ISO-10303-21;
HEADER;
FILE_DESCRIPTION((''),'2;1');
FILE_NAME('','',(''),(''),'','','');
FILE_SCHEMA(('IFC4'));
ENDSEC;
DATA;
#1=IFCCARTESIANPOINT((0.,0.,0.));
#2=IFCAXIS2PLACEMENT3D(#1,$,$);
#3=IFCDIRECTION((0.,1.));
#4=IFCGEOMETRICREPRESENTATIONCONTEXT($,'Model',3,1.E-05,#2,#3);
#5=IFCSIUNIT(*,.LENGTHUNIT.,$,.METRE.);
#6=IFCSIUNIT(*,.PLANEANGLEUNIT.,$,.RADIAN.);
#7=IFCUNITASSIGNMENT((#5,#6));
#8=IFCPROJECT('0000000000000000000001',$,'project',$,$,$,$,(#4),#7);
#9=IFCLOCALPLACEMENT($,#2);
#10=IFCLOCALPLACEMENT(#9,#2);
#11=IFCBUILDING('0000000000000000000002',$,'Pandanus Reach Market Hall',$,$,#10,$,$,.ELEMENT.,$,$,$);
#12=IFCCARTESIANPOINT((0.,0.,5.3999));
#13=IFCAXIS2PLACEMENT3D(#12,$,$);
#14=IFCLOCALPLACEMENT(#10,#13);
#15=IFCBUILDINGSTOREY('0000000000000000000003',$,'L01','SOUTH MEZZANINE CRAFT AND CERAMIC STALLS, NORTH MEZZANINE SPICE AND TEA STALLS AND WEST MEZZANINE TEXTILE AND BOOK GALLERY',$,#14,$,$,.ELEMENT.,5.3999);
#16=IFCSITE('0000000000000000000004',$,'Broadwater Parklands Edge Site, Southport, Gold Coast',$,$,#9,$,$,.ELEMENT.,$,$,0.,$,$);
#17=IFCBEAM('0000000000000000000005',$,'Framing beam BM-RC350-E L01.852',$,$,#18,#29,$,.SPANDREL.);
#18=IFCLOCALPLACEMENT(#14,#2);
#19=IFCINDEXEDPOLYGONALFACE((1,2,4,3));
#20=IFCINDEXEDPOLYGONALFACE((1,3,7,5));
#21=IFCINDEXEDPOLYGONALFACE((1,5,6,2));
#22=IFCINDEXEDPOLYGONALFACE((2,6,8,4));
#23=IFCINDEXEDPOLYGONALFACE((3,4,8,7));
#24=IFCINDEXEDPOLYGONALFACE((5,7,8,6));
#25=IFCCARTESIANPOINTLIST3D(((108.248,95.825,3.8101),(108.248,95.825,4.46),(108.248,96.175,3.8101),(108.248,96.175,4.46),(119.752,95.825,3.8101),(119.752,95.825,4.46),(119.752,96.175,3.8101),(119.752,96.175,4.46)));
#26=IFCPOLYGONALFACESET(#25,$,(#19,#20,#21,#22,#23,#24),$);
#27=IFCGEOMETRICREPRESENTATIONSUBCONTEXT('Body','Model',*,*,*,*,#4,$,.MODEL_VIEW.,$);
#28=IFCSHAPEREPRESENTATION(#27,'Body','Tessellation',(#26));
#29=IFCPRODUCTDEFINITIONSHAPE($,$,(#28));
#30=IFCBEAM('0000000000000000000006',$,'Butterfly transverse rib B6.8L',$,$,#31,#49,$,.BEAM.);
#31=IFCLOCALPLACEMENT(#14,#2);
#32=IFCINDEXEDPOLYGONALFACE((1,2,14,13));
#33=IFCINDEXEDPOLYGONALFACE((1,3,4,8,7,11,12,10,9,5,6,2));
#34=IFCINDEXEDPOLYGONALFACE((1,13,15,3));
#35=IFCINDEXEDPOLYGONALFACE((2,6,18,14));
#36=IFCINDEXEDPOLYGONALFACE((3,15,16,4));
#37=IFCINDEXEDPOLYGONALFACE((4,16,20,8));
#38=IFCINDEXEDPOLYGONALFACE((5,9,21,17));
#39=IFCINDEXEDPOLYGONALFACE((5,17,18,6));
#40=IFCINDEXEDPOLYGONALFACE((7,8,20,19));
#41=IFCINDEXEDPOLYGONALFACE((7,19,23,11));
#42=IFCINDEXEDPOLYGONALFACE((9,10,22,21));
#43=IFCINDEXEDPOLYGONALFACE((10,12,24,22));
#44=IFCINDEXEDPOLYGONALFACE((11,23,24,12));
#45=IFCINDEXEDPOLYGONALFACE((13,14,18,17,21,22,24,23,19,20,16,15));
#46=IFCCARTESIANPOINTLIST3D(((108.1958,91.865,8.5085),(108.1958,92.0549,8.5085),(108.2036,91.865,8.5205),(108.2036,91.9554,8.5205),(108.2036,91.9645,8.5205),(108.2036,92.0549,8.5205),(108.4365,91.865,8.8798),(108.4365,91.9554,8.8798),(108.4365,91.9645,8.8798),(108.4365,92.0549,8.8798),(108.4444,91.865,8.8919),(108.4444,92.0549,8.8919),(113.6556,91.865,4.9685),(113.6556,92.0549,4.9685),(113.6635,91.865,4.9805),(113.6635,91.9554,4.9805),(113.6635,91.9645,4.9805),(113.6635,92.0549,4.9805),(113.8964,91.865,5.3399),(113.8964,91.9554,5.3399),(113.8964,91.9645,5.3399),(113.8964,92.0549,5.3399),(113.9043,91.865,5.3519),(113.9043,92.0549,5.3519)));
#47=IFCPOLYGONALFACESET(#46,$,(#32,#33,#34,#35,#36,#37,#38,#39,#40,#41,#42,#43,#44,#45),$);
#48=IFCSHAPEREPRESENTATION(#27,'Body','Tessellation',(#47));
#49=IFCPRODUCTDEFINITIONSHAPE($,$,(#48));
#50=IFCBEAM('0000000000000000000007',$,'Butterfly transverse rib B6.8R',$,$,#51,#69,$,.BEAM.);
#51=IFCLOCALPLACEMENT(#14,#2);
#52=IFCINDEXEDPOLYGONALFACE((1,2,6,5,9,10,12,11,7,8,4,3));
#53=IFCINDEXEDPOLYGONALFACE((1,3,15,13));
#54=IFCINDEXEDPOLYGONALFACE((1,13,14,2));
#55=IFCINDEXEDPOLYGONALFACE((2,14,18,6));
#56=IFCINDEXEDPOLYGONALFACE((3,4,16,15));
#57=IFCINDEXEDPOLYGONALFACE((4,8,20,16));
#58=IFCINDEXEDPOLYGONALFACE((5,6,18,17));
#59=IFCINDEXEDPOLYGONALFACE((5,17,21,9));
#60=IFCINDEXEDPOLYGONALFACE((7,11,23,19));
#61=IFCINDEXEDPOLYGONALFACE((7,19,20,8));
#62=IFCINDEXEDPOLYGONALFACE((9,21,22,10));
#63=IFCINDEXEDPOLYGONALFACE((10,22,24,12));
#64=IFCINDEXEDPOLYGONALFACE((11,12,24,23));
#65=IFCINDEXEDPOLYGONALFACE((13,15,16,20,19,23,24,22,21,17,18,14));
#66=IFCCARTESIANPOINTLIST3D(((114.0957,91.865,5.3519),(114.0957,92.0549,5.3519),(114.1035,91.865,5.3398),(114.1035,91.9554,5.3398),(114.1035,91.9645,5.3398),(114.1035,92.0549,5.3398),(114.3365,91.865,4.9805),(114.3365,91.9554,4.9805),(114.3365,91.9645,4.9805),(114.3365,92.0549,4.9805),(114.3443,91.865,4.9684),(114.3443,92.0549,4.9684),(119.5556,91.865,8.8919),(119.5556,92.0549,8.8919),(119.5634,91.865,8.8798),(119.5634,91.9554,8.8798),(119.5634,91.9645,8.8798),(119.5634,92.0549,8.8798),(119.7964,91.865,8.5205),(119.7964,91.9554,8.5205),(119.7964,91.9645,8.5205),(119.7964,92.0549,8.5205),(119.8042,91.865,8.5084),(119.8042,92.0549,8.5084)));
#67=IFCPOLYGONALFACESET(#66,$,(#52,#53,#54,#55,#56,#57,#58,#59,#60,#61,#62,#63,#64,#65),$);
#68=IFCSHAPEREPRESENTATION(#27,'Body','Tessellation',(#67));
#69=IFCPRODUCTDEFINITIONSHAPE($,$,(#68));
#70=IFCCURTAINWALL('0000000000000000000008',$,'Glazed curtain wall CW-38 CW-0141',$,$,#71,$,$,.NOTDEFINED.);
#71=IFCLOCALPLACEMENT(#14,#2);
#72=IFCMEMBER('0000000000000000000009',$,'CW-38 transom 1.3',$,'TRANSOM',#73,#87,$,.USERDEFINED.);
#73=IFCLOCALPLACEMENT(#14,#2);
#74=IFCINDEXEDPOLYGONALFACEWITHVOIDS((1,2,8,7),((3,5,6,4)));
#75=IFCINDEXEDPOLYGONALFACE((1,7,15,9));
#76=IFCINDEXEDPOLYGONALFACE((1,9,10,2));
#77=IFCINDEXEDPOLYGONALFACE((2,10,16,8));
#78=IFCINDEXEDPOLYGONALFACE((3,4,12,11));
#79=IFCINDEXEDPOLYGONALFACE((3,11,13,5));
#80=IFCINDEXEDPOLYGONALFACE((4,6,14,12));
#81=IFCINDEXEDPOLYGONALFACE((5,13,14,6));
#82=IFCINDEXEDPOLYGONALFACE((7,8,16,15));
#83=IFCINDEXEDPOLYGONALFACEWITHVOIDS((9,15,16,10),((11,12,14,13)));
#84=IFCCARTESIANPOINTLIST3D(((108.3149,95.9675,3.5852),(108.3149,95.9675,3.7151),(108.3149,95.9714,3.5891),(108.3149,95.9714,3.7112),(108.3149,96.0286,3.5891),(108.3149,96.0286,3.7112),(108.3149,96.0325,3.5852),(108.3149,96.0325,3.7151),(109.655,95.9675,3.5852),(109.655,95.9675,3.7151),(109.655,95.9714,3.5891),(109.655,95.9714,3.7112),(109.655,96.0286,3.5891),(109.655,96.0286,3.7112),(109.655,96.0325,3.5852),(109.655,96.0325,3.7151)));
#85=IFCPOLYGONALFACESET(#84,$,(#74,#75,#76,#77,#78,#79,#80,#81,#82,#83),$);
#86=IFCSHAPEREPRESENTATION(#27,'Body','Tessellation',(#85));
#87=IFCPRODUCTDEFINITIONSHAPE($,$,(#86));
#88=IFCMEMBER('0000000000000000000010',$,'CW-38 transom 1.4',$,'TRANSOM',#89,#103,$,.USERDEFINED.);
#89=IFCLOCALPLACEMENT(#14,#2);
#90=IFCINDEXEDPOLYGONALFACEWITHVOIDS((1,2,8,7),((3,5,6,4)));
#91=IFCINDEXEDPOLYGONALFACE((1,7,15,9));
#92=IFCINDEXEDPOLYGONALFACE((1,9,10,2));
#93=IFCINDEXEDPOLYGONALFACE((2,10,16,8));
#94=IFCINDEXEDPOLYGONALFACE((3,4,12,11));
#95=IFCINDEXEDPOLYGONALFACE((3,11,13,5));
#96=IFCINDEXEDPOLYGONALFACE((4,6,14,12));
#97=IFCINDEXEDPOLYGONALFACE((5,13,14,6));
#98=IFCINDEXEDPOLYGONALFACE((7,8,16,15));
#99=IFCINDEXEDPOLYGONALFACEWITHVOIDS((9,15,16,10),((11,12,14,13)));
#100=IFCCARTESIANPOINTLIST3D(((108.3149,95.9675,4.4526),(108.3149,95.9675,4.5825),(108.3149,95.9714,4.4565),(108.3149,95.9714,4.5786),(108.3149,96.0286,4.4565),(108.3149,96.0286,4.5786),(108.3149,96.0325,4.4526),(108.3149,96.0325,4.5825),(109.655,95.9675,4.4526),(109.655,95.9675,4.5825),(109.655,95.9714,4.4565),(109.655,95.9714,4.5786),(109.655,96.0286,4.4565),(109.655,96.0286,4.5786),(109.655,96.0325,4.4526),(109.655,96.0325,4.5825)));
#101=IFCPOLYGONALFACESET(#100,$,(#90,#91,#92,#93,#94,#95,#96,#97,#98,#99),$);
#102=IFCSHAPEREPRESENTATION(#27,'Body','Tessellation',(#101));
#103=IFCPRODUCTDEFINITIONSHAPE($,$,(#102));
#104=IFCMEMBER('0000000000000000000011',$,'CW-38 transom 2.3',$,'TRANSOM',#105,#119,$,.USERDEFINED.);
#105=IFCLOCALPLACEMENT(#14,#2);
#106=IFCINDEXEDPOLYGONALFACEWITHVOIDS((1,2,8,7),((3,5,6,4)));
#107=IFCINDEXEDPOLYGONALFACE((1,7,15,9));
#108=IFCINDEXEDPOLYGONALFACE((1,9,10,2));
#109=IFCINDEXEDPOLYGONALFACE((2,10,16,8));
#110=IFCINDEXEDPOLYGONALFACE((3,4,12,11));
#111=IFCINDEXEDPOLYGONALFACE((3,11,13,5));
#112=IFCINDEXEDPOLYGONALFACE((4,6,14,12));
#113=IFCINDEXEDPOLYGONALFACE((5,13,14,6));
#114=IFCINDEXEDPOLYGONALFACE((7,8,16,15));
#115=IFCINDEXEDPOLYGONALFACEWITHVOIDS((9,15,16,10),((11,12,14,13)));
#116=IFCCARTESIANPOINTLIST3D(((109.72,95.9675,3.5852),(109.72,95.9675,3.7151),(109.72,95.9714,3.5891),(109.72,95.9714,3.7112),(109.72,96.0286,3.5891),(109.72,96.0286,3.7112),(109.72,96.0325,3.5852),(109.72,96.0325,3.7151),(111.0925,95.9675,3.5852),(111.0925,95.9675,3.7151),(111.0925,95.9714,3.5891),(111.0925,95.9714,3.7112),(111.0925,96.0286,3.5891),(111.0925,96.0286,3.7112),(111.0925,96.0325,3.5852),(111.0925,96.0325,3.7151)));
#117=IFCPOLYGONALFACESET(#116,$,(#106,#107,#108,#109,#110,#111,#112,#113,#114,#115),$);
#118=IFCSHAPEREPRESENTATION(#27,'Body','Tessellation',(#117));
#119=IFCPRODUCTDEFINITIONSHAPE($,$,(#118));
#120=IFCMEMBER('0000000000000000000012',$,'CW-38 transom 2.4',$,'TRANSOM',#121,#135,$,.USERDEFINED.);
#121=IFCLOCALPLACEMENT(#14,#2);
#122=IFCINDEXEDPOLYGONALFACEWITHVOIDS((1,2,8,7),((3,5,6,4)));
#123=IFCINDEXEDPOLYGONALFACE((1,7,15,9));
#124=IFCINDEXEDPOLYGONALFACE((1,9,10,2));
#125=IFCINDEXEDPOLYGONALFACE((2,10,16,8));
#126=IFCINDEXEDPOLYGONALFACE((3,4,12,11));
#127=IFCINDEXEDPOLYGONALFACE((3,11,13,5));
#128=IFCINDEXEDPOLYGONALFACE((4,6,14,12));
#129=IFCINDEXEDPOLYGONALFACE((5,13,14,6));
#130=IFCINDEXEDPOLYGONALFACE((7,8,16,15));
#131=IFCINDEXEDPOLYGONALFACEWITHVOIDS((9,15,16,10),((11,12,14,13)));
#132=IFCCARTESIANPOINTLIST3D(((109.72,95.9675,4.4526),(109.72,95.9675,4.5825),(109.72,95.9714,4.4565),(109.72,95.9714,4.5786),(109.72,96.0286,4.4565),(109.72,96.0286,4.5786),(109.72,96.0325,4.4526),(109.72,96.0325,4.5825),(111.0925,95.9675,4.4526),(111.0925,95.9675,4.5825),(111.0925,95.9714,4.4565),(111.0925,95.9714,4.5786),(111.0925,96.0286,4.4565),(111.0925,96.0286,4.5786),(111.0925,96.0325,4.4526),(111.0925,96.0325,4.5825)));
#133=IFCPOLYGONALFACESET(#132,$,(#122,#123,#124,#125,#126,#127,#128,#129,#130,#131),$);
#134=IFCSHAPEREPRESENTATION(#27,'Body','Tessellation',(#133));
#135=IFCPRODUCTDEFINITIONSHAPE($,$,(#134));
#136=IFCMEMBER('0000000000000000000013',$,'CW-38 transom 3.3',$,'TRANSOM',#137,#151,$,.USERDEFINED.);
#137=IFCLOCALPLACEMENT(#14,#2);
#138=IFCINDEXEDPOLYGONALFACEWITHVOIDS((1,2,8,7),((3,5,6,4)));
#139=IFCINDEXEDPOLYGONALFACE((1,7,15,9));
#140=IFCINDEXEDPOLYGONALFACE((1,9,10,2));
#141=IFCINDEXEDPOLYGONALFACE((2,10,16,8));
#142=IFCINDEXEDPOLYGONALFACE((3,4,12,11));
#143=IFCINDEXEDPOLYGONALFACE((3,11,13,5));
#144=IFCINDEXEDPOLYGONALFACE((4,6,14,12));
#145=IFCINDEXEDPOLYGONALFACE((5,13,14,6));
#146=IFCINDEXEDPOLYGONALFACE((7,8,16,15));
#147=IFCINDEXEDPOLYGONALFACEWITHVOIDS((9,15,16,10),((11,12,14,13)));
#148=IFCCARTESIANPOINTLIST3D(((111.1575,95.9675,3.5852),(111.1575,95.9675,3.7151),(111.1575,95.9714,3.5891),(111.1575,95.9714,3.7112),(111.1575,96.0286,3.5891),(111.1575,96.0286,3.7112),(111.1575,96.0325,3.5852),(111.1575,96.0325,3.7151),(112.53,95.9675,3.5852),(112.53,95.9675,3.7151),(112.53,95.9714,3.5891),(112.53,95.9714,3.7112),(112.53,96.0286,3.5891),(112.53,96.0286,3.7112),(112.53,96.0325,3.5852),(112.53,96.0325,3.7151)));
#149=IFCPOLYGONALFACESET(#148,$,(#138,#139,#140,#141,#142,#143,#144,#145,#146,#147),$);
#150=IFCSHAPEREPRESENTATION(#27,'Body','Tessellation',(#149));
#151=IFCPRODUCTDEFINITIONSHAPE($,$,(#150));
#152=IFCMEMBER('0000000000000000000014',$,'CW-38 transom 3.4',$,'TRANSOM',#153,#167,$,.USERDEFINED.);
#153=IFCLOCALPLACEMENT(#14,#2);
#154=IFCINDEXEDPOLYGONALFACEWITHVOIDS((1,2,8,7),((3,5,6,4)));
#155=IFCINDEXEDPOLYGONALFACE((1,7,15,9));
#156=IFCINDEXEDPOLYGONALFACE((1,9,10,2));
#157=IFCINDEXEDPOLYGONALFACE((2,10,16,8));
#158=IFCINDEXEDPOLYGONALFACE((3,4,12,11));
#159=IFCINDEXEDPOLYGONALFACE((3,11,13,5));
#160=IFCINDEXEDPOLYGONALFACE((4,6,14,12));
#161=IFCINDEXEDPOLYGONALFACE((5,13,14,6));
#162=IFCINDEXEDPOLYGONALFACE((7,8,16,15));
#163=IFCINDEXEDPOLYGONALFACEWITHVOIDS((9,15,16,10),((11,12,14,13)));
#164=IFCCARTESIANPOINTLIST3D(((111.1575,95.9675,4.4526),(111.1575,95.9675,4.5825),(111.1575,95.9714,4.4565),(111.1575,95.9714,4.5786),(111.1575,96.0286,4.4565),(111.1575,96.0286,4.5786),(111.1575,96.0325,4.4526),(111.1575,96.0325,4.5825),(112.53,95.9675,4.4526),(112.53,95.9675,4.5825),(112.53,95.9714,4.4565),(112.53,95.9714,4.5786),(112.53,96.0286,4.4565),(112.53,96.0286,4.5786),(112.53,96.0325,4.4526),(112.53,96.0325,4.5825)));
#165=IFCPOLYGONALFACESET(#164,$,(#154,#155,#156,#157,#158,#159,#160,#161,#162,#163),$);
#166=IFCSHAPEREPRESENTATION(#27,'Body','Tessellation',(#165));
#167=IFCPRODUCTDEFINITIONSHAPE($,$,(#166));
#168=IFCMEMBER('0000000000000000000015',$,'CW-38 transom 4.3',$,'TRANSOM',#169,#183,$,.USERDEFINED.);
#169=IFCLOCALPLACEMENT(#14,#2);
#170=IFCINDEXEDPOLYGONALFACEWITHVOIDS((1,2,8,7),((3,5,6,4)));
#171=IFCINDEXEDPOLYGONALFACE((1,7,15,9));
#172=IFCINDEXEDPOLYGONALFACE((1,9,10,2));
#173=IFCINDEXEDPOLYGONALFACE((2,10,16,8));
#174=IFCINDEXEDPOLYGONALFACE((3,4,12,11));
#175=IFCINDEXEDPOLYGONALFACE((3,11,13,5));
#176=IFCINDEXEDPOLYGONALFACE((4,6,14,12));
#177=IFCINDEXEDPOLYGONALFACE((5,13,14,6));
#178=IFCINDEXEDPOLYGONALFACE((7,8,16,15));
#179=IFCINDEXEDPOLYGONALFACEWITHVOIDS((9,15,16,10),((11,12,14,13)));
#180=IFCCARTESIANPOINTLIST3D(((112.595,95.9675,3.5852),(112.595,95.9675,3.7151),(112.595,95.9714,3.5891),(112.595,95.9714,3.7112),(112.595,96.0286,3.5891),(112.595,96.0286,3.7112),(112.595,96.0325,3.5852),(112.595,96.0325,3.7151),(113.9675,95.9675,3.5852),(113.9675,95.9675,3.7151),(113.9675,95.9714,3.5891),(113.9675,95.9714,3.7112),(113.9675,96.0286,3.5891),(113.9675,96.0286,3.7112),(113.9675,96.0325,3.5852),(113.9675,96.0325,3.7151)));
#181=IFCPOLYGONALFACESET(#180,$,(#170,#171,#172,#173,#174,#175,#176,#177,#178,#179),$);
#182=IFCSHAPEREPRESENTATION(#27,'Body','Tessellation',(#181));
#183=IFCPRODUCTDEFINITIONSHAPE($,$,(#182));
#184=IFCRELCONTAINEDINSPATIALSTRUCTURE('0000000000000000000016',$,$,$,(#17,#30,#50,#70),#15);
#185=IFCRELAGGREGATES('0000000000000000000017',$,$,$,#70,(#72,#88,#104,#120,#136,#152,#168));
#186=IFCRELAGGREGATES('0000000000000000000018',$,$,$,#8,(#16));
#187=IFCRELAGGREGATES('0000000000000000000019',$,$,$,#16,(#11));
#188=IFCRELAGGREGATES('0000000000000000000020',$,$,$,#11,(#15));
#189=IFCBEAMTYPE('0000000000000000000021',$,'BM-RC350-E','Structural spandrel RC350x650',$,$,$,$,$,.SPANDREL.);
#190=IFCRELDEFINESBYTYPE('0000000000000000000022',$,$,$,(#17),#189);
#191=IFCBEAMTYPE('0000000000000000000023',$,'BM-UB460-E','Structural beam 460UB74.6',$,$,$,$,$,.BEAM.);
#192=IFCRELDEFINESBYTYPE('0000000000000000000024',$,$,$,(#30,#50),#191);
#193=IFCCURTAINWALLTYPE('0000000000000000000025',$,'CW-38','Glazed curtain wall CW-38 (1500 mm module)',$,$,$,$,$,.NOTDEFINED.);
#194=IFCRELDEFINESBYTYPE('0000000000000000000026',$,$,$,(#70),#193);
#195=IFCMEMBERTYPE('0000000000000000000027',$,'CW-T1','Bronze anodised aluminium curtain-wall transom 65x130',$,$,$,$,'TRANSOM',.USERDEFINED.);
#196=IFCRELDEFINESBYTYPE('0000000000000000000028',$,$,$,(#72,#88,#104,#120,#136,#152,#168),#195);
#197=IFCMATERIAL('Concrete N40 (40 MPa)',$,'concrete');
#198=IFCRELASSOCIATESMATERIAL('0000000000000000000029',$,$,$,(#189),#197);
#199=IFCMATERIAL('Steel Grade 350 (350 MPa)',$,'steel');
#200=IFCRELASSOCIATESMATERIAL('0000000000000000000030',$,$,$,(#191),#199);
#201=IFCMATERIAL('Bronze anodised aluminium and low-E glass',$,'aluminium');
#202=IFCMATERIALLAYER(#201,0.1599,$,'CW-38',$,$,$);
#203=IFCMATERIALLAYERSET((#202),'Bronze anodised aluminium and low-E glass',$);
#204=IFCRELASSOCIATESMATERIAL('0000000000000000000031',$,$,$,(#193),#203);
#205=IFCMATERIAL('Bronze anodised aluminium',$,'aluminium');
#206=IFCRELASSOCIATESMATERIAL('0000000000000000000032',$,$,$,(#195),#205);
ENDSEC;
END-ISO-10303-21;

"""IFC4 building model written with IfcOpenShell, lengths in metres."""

from ifc_helpers import new_model, si_unit, direction, frame, origin, origin_2d, place, context, subcontext, project, spatial, rectangle, hollow_rectangle, i_section, extrude, material, layer, layer_set, material_profile, profile_set, type_object, element, aggregate, save


model = new_model("IFC4")

# Units and contexts
model_context = context("Model", 3, precision=1e-05, world=origin(), true_north=direction((0.0, 1.0)))
body_context = subcontext(model_context, "Body", "Model", "MODEL_VIEW")
ifc_project = project(units=[si_unit("LENGTHUNIT", "METRE"), si_unit("PLANEANGLEUNIT", "RADIAN")], contexts=[model_context])

# Site, building, storey
site_placement = place(None, origin())
site = spatial("IfcSite", under=ifc_project, at=site_placement, Name="Broadwater Parklands Edge Site, Southport, Gold Coast", CompositionType="ELEMENT", RefElevation=0.0)
building_placement = place(site_placement, origin())
building = spatial("IfcBuilding", under=site, at=building_placement, Name="Pandanus Reach Market Hall", CompositionType="ELEMENT")
storey_placement = place(building_placement, frame((0.0, 0.0, 5.3999)))
storey = spatial("IfcBuildingStorey", under=building, at=storey_placement, Name="L01", Description="SOUTH MEZZANINE CRAFT AND CERAMIC STALLS, NORTH MEZZANINE SPICE AND TEA STALLS AND WEST MEZZANINE TEXTILE AND BOOK GALLERY", CompositionType="ELEMENT", Elevation=5.3999)

# Beams
ifc_material_1 = material(Name="Concrete N40 (40 MPa)", Category="concrete")
ifc_material_profile_1 = material_profile(ifc_material_1, rectangle(XDim=0.3501, YDim=0.6499, at=origin_2d()), Name="RC350x650", Category="LoadBearing")
ifc_profile_set_1 = profile_set([ifc_material_profile_1], Name="Concrete N40 (40 MPa)")
beam_type_1 = type_object("IfcBeamType", Name="BM-RC350-E", Description="Structural spandrel RC350x650", PredefinedType="SPANDREL", material=ifc_profile_set_1)
beam_placement = place(storey_placement, frame((108.248, 96.0, 4.135), z_axis=(1.0, 0.0, 0.0), x_axis=(0.0, 1.0, 0.0)))
element("IfcBeam", 1, at=beam_placement, inside=storey, type_object=beam_type_1, Name="Framing beam BM-RC350-E L01.852", PredefinedType="SPANDREL", context=body_context, shape_type="SweptSolid", body=[
    extrude(rectangle(XDim=0.3501, YDim=0.6499, at=origin_2d()), origin(), (0.0, 0.0, 1.0), 11.5039),
])
ifc_material_2 = material(Name="Steel Grade 350 (350 MPa)", Category="steel")
ifc_material_profile_2 = material_profile(ifc_material_2, i_section(OverallWidth=0.1899, OverallDepth=0.457, WebThickness=0.009, FlangeThickness=0.0144, at=origin_2d()), Name="460UB74.6", Category="LoadBearing")
ifc_profile_set_2 = profile_set([ifc_material_profile_2], Name="Steel Grade 350 (350 MPa)")
beam_type_2 = type_object("IfcBeamType", Name="BM-UB460-E", Description="Structural beam 460UB74.6", PredefinedType="BEAM", material=ifc_profile_set_2)
for number, where, z_axis, x_axis, name in (
    (2, (108.3201, 91.96, 8.7002), (0.839071, 0.0, -0.544023), (0.0, 1.0, 0.0), "Butterfly transverse rib B6.8L"),
    (3, (114.22, 91.96, 5.1602), (0.839071, 0.0, 0.544023), (0.0, 1.0, 0.0), "Butterfly transverse rib B6.8R"),
):
    element("IfcBeam", number, at=place(storey_placement, frame(where, z_axis=z_axis, x_axis=x_axis)), inside=storey, type_object=beam_type_2, Name=name, PredefinedType="BEAM", context=body_context, shape_type="SweptSolid", body=[
        extrude(i_section(OverallWidth=0.1899, OverallDepth=0.457, WebThickness=0.009, FlangeThickness=0.0144, at=origin_2d()), origin(), (0.0, 0.0, 1.0), 6.5071),
    ])

# Curtain wall, members
ifc_material_3 = material(Name="Bronze anodised aluminium and low-E glass", Category="aluminium")
ifc_layer_1 = layer(ifc_material_3, 0.1599, Name="CW-38")
ifc_layer_set_1 = layer_set([ifc_layer_1], Name="Bronze anodised aluminium and low-E glass")
curtain_wall_type = type_object("IfcCurtainWallType", Name="CW-38", Description="Glazed curtain wall CW-38 (1500 mm module)", PredefinedType="NOTDEFINED", material=ifc_layer_set_1)
curtain_wall_placement = place(storey_placement, origin())
curtain_wall = element("IfcCurtainWall", 4, at=curtain_wall_placement, inside=storey, type_object=curtain_wall_type, Name="Glazed curtain wall CW-38 CW-0141", PredefinedType="NOTDEFINED")
ifc_material_4 = material(Name="Bronze anodised aluminium", Category="aluminium")
ifc_material_profile_3 = material_profile(ifc_material_4, hollow_rectangle(XDim=0.0649, YDim=0.1299, WallThickness=0.0039, at=origin_2d()), Name="ALU65x130", Category="LoadBearing")
ifc_profile_set_3 = profile_set([ifc_material_profile_3], Name="Bronze anodised aluminium")
member_type = type_object("IfcMemberType", Name="CW-T1", Description="Bronze anodised aluminium curtain-wall transom 65x130", ElementType="TRANSOM", PredefinedType="USERDEFINED", material=ifc_profile_set_3)
member_1_placement = place(storey_placement, frame((108.3149, 96.0, 3.6501), z_axis=(1.0, 0.0, 0.0), x_axis=(0.0, 1.0, 0.0)))
member_1 = element("IfcMember", 5, at=member_1_placement, type_object=member_type, Name="CW-38 transom 1.3", ObjectType="TRANSOM", PredefinedType="USERDEFINED", context=body_context, shape_type="SweptSolid", body=[
    extrude(hollow_rectangle(XDim=0.0649, YDim=0.1299, WallThickness=0.0039, at=origin_2d()), origin(), (0.0, 0.0, 1.0), 1.3401),
])
member_2_placement = place(storey_placement, frame((108.3149, 96.0, 4.5176), z_axis=(1.0, 0.0, 0.0), x_axis=(0.0, 1.0, 0.0)))
member_2 = element("IfcMember", 6, at=member_2_placement, type_object=member_type, Name="CW-38 transom 1.4", ObjectType="TRANSOM", PredefinedType="USERDEFINED", context=body_context, shape_type="SweptSolid", body=[
    extrude(hollow_rectangle(XDim=0.0649, YDim=0.1299, WallThickness=0.0039, at=origin_2d()), origin(), (0.0, 0.0, 1.0), 1.3401),
])
member_3_placement = place(storey_placement, frame((109.72, 96.0, 3.6501), z_axis=(1.0, 0.0, 0.0), x_axis=(0.0, 1.0, 0.0)))
member_3 = element("IfcMember", 7, at=member_3_placement, type_object=member_type, Name="CW-38 transom 2.3", ObjectType="TRANSOM", PredefinedType="USERDEFINED", context=body_context, shape_type="SweptSolid", body=[
    extrude(hollow_rectangle(XDim=0.0649, YDim=0.1299, WallThickness=0.0039, at=origin_2d()), origin(), (0.0, 0.0, 1.0), 1.3726),
])
member_4_placement = place(storey_placement, frame((109.72, 96.0, 4.5176), z_axis=(1.0, 0.0, 0.0), x_axis=(0.0, 1.0, 0.0)))
member_4 = element("IfcMember", 8, at=member_4_placement, type_object=member_type, Name="CW-38 transom 2.4", ObjectType="TRANSOM", PredefinedType="USERDEFINED", context=body_context, shape_type="SweptSolid", body=[
    extrude(hollow_rectangle(XDim=0.0649, YDim=0.1299, WallThickness=0.0039, at=origin_2d()), origin(), (0.0, 0.0, 1.0), 1.3726),
])
member_5_placement = place(storey_placement, frame((111.1575, 96.0, 3.6501), z_axis=(1.0, 0.0, 0.0), x_axis=(0.0, 1.0, 0.0)))
member_5 = element("IfcMember", 9, at=member_5_placement, type_object=member_type, Name="CW-38 transom 3.3", ObjectType="TRANSOM", PredefinedType="USERDEFINED", context=body_context, shape_type="SweptSolid", body=[
    extrude(hollow_rectangle(XDim=0.0649, YDim=0.1299, WallThickness=0.0039, at=origin_2d()), origin(), (0.0, 0.0, 1.0), 1.3726),
])
member_6_placement = place(storey_placement, frame((111.1575, 96.0, 4.5176), z_axis=(1.0, 0.0, 0.0), x_axis=(0.0, 1.0, 0.0)))
member_6 = element("IfcMember", 10, at=member_6_placement, type_object=member_type, Name="CW-38 transom 3.4", ObjectType="TRANSOM", PredefinedType="USERDEFINED", context=body_context, shape_type="SweptSolid", body=[
    extrude(hollow_rectangle(XDim=0.0649, YDim=0.1299, WallThickness=0.0039, at=origin_2d()), origin(), (0.0, 0.0, 1.0), 1.3726),
])
member_7_placement = place(storey_placement, frame((112.595, 96.0, 3.6501), z_axis=(1.0, 0.0, 0.0), x_axis=(0.0, 1.0, 0.0)))
member_7 = element("IfcMember", 11, at=member_7_placement, type_object=member_type, Name="CW-38 transom 4.3", ObjectType="TRANSOM", PredefinedType="USERDEFINED", context=body_context, shape_type="SweptSolid", body=[
    extrude(hollow_rectangle(XDim=0.0649, YDim=0.1299, WallThickness=0.0039, at=origin_2d()), origin(), (0.0, 0.0, 1.0), 1.3726),
])
aggregate(curtain_wall, [member_1, member_2, member_3, member_4, member_5, member_6, member_7])

save(model, "model.ifc")
